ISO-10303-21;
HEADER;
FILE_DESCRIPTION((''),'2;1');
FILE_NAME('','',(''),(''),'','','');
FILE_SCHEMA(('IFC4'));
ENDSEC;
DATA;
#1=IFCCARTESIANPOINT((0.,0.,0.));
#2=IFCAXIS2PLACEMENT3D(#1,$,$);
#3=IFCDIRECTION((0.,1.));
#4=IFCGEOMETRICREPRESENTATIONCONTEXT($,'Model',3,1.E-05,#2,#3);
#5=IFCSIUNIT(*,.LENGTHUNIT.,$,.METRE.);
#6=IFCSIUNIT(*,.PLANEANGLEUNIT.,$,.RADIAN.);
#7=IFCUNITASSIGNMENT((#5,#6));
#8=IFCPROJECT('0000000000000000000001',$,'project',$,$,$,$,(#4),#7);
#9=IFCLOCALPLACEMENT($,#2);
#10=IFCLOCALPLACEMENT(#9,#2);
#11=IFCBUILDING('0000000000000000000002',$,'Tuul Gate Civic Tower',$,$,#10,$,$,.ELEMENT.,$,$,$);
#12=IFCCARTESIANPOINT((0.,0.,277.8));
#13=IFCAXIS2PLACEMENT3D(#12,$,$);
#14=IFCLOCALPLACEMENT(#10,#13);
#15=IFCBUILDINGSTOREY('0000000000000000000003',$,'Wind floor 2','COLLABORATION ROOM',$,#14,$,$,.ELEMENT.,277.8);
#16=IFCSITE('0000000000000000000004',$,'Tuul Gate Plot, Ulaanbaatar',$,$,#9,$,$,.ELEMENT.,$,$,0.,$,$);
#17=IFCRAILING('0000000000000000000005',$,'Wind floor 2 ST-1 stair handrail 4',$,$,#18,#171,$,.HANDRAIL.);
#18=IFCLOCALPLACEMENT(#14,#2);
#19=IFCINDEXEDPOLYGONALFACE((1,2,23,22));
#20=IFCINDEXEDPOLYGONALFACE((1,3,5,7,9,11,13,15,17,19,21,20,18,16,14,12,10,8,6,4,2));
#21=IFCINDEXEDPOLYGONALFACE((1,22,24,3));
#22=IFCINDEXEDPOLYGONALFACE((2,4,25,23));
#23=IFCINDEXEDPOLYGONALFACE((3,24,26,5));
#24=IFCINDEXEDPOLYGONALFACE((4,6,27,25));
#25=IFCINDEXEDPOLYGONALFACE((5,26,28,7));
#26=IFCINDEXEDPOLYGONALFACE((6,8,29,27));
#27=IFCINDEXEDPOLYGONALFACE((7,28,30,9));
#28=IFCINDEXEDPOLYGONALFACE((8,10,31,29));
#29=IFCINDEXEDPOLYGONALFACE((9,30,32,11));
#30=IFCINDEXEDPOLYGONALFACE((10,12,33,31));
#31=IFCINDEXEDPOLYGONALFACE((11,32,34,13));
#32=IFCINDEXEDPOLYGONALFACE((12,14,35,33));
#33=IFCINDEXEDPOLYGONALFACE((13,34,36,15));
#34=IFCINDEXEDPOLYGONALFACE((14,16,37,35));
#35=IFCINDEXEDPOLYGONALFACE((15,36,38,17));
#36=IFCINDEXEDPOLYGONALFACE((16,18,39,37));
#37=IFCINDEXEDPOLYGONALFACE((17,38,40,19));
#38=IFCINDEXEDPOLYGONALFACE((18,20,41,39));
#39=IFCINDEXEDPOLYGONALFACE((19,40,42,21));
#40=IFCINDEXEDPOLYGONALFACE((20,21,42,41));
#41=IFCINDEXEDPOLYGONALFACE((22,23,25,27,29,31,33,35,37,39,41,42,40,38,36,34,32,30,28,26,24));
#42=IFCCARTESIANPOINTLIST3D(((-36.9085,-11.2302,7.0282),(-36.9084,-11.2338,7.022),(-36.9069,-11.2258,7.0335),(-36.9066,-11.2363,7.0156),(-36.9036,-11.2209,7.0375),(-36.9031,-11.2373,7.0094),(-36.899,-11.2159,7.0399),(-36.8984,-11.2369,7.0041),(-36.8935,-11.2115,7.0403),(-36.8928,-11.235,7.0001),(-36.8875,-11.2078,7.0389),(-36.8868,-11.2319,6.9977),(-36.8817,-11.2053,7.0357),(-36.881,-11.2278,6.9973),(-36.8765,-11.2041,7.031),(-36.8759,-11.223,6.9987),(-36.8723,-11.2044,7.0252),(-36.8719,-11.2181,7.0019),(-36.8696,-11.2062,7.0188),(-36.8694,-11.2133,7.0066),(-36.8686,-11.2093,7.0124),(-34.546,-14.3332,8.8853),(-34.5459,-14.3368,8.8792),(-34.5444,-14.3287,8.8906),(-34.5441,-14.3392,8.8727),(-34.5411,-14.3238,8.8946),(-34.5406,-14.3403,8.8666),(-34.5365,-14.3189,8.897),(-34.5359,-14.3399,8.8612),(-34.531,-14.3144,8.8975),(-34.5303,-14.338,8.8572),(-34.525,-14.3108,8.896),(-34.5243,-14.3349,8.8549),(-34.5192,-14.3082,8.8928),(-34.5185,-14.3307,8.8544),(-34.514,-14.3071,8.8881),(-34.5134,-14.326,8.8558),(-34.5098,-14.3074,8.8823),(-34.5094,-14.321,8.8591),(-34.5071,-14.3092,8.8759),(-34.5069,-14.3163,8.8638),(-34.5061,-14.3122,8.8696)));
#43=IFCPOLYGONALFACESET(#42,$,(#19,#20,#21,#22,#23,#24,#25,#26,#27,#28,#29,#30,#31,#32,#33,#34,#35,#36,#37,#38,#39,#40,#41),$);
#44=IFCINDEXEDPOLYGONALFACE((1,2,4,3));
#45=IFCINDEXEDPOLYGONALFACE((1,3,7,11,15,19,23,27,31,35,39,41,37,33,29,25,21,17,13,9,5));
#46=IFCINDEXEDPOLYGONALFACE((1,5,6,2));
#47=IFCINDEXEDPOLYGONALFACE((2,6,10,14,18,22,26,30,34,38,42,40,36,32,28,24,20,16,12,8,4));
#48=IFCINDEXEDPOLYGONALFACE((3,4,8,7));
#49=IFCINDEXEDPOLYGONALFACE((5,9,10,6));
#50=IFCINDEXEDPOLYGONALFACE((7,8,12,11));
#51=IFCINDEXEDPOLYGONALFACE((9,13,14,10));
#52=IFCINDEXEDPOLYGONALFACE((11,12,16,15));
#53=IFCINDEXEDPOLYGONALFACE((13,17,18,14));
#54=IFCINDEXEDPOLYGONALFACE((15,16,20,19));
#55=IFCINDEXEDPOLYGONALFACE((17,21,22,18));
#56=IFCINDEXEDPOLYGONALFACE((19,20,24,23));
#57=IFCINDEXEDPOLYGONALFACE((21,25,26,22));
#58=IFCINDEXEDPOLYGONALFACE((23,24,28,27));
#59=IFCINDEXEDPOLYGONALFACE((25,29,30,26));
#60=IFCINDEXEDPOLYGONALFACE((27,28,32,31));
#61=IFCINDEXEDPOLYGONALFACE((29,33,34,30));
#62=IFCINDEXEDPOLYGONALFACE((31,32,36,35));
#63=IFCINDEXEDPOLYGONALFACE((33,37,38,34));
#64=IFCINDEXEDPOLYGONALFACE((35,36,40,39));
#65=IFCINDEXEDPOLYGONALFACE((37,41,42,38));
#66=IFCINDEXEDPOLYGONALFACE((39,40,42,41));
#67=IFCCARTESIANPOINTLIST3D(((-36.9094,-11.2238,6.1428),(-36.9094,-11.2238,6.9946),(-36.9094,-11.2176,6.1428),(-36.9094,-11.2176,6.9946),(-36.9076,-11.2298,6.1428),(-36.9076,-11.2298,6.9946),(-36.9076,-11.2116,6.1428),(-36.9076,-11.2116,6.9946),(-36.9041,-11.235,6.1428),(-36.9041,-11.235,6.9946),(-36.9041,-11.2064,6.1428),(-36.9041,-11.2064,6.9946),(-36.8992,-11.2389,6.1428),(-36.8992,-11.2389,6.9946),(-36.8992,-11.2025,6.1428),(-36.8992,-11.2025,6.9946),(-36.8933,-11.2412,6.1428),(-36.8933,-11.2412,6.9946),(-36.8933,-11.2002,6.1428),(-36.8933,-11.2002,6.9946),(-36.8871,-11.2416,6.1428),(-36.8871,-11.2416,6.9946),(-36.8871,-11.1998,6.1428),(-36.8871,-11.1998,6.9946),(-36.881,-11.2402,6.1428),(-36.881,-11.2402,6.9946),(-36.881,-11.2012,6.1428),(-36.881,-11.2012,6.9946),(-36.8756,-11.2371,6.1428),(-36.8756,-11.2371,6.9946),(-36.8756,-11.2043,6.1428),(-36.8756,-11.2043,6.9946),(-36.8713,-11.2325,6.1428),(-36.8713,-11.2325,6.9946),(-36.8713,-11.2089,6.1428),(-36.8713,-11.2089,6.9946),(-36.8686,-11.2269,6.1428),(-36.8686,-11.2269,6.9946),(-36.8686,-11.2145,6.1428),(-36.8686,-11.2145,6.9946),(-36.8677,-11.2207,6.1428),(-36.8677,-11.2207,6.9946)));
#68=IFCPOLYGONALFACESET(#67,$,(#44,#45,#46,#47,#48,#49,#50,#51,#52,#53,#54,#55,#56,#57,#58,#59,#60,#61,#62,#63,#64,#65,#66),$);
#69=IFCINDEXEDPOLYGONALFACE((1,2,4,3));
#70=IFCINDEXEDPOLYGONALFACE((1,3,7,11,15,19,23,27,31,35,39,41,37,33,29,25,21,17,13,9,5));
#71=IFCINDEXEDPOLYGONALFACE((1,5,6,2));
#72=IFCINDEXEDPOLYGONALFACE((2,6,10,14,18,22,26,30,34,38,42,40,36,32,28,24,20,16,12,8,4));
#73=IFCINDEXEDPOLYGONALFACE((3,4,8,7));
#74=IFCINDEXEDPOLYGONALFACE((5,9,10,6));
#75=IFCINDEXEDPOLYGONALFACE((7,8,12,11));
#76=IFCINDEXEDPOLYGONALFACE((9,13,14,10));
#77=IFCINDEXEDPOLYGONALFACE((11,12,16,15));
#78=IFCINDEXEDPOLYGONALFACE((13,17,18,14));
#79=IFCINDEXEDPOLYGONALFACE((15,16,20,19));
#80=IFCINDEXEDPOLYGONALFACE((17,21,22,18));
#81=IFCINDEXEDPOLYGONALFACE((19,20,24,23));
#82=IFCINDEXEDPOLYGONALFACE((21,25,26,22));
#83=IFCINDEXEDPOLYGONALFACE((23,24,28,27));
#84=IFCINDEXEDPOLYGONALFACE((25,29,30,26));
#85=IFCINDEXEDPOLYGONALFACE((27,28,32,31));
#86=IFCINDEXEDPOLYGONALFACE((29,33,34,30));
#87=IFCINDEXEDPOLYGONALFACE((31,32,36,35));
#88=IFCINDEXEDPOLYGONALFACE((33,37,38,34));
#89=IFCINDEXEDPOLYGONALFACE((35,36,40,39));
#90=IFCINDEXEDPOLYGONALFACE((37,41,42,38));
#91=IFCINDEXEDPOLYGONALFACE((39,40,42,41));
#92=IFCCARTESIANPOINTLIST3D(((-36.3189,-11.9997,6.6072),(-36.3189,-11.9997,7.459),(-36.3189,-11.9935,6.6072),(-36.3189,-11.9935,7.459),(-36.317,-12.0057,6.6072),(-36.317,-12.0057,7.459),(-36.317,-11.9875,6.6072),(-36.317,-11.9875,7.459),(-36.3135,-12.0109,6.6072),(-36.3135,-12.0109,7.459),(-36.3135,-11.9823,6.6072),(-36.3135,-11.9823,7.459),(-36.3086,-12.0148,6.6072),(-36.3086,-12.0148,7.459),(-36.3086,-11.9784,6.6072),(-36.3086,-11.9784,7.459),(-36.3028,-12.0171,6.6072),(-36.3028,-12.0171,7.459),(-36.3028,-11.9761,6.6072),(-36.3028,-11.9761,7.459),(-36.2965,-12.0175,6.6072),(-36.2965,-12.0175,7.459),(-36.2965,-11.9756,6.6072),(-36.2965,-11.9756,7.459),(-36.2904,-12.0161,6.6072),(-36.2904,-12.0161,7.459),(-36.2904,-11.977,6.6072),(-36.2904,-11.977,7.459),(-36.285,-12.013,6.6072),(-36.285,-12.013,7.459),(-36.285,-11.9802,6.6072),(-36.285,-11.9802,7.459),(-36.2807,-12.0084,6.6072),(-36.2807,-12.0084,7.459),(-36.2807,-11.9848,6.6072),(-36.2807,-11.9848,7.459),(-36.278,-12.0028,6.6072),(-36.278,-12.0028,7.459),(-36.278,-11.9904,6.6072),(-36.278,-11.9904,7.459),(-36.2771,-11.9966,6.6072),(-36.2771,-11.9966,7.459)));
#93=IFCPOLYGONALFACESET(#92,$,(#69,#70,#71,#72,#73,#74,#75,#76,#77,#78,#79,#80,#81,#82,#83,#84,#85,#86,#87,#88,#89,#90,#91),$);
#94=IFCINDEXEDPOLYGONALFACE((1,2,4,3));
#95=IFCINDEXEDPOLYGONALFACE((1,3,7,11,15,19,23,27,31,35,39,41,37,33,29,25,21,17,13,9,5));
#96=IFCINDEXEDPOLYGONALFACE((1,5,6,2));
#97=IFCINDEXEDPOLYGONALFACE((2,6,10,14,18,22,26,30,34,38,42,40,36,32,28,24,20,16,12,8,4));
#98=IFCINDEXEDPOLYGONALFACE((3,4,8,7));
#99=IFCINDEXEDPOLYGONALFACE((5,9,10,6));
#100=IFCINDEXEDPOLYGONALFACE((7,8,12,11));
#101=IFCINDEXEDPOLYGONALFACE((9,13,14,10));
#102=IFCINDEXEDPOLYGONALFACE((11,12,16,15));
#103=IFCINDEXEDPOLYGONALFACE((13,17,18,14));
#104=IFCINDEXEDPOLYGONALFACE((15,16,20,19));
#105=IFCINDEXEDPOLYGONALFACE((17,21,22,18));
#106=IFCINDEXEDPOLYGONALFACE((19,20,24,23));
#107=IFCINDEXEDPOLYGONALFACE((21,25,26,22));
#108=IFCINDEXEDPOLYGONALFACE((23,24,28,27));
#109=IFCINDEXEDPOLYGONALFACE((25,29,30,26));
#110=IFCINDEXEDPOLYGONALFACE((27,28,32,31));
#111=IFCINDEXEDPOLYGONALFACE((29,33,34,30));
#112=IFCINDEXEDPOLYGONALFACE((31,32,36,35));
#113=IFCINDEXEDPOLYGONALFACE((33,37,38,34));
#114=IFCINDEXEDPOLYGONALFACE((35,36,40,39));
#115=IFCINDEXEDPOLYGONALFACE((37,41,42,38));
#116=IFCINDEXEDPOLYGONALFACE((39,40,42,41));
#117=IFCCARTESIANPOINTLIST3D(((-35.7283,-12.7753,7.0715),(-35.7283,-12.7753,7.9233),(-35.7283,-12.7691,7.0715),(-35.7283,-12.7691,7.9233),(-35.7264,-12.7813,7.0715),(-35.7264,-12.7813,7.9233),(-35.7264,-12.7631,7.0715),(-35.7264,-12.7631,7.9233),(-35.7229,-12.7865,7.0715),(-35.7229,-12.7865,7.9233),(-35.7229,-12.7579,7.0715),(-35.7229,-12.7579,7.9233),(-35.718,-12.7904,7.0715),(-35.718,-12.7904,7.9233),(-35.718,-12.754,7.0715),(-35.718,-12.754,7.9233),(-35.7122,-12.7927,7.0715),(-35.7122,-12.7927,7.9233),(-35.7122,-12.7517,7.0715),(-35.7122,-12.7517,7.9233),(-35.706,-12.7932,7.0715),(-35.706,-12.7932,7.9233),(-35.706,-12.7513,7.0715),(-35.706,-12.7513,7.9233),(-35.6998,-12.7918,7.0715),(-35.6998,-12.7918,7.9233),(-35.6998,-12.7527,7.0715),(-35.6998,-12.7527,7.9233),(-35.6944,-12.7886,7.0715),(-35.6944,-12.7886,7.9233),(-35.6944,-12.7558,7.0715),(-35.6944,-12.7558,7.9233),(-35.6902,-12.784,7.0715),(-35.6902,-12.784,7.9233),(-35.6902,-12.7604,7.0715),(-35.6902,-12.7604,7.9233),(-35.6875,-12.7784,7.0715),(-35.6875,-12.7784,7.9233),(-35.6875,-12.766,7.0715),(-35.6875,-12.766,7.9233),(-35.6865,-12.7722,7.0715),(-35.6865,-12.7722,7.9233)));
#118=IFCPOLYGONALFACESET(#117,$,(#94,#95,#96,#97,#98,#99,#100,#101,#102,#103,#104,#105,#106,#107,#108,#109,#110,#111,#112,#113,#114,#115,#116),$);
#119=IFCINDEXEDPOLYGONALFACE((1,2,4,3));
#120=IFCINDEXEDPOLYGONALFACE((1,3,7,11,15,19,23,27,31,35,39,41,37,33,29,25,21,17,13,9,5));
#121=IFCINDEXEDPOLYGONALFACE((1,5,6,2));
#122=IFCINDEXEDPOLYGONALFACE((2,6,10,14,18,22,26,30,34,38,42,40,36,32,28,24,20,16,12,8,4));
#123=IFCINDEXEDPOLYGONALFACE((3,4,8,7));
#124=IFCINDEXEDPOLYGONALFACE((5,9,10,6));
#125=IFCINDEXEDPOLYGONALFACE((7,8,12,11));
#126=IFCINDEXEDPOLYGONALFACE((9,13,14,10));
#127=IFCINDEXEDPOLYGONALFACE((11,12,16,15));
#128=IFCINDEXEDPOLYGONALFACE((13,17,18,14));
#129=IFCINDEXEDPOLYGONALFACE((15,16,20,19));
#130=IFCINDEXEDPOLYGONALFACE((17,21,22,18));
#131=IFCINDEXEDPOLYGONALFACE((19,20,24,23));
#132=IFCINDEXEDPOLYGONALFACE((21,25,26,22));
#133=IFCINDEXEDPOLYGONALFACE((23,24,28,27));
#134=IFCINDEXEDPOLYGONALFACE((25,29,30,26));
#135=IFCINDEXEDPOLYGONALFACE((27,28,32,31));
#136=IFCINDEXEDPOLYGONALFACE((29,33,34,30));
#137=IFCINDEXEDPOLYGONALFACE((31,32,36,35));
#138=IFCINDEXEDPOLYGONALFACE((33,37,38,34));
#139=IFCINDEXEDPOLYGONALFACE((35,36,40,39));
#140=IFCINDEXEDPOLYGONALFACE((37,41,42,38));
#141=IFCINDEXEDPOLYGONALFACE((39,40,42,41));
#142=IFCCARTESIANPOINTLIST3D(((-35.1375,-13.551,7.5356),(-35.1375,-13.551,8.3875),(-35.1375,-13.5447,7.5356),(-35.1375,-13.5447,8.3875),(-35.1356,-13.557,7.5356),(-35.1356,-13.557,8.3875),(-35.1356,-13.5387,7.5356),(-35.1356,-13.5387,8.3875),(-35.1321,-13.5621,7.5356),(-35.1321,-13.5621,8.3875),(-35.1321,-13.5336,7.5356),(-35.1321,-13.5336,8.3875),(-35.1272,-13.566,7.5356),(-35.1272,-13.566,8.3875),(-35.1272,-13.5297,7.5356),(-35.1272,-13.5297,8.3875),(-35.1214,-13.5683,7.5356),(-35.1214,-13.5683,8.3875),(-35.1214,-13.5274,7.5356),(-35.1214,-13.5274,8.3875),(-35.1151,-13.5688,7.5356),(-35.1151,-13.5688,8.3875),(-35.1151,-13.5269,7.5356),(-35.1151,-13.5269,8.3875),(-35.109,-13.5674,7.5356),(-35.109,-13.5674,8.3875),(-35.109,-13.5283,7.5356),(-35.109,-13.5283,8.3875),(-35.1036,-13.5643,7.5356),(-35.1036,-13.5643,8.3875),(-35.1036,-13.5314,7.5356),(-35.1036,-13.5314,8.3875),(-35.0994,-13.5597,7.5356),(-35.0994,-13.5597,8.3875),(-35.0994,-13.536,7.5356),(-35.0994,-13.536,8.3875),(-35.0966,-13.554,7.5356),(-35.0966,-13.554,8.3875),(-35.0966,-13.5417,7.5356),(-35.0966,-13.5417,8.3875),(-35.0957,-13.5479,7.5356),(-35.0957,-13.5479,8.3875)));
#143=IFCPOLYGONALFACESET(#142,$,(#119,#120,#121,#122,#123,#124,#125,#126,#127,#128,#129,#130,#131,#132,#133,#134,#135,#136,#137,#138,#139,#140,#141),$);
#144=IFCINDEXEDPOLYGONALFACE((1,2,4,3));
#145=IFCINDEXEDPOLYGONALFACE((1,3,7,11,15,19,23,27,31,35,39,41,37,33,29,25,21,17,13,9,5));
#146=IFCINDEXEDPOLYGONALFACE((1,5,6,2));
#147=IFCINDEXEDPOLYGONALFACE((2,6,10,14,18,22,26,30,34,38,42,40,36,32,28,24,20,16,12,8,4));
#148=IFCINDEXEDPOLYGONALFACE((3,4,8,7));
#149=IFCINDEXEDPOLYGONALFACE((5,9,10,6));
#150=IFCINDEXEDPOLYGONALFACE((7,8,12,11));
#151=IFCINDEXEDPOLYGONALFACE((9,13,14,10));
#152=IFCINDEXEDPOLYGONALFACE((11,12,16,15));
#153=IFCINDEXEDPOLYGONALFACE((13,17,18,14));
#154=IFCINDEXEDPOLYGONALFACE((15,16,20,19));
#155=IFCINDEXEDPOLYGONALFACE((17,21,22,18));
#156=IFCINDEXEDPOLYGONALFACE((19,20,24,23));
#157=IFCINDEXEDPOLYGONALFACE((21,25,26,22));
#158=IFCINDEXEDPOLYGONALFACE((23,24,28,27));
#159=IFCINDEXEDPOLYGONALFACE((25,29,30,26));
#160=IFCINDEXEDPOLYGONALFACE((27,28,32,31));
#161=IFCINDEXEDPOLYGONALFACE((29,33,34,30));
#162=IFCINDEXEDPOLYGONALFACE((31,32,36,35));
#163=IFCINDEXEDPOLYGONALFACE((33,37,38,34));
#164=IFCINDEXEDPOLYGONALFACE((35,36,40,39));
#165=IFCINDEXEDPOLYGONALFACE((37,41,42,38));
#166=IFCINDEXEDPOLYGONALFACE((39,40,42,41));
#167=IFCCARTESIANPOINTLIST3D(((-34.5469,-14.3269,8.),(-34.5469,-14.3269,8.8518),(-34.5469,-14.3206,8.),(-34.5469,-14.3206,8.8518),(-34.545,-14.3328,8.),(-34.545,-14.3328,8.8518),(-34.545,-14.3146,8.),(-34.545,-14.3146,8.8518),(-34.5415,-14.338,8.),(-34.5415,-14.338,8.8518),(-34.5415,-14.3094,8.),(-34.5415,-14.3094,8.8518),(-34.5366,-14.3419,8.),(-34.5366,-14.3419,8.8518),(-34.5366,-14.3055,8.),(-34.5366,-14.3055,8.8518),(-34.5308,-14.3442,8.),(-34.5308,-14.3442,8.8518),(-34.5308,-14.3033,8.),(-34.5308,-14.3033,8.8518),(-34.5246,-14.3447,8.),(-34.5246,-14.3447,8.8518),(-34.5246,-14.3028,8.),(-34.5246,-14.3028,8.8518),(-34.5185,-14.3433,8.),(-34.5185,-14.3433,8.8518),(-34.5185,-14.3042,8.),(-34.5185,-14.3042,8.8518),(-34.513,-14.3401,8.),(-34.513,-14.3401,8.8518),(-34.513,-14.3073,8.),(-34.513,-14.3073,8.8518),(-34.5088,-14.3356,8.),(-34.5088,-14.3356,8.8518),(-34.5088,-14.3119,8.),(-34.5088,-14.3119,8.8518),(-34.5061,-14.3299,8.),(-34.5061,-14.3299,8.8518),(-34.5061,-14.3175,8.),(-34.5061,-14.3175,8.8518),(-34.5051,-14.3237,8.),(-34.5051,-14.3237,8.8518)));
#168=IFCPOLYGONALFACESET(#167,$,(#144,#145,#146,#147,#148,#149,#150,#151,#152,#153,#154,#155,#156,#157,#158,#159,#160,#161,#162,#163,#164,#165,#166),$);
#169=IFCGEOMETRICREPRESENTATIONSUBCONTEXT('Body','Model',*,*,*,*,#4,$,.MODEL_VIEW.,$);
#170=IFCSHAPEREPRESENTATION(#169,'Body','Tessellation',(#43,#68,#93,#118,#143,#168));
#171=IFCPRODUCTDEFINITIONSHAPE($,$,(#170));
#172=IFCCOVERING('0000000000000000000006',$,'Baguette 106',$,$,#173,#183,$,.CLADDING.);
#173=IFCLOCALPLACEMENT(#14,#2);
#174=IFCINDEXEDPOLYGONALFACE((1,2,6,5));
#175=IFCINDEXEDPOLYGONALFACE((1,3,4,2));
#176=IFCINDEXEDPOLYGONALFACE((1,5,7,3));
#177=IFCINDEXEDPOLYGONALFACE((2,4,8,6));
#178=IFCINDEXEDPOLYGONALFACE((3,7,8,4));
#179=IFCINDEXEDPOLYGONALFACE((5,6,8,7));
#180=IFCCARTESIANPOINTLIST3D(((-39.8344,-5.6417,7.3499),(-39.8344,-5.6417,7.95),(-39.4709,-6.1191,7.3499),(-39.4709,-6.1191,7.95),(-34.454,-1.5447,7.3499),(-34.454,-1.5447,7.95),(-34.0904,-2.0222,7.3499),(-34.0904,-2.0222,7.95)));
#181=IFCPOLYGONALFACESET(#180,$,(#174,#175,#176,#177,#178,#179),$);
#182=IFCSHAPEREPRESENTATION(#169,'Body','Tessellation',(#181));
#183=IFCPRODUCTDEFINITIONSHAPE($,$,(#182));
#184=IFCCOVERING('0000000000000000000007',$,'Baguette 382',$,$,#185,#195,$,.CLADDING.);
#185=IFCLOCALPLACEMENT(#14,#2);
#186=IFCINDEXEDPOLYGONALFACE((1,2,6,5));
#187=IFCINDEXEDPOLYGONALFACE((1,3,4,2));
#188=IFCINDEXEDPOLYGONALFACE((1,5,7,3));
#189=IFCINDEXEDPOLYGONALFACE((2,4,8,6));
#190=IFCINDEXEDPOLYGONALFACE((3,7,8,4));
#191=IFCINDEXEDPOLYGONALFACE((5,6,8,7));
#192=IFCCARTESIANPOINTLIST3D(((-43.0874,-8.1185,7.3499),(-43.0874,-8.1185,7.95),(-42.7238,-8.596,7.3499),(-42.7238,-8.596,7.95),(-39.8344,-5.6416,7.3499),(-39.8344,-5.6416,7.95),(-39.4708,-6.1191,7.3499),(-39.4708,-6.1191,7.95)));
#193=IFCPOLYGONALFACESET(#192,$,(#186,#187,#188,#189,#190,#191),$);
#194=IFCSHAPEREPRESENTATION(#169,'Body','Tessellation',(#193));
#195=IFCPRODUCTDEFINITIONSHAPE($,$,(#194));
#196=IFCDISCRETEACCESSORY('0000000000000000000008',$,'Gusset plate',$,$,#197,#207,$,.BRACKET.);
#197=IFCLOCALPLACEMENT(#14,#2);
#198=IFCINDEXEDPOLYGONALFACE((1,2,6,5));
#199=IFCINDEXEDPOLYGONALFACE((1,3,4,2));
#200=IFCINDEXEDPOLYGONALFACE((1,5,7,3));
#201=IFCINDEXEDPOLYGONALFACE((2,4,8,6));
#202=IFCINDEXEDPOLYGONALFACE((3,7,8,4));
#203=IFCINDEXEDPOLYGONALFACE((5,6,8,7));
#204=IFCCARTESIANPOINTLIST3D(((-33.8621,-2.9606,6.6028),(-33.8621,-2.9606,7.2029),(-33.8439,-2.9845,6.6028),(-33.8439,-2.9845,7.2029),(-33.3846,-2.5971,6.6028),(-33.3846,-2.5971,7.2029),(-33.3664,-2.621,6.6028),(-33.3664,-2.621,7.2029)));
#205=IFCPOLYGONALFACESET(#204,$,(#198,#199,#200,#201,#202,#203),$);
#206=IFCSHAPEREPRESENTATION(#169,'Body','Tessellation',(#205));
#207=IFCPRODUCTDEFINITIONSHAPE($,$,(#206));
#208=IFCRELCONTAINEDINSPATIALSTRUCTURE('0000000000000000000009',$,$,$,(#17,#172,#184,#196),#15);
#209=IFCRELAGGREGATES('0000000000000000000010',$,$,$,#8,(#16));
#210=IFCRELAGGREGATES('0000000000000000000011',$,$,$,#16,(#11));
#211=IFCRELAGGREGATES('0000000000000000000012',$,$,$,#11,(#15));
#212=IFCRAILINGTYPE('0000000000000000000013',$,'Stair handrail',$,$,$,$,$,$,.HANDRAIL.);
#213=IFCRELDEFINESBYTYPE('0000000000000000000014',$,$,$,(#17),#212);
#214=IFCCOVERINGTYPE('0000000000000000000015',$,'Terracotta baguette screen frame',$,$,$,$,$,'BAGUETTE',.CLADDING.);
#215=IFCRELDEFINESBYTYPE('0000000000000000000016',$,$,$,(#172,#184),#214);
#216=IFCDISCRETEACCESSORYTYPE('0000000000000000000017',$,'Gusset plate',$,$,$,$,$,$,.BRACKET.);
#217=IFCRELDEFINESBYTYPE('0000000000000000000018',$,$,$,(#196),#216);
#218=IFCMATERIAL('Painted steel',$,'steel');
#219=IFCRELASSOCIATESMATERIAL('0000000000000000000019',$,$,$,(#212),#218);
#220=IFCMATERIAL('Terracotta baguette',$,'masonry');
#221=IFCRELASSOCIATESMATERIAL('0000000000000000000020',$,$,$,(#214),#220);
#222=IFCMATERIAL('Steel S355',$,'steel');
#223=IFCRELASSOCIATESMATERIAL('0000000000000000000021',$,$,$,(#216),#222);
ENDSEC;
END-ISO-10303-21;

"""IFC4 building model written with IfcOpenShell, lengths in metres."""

from ifc_helpers import new_model, si_unit, direction, frame, origin, origin_2d, place, context, subcontext, project, spatial, rectangle, circle, extrude, material, material_profile, profile_set, type_object, element, save


model = new_model("IFC4")

# Units and contexts
model_context = context("Model", 3, precision=1e-05, world=origin(), true_north=direction((0.0, 1.0)))
body_context = subcontext(model_context, "Body", "Model", "MODEL_VIEW")
ifc_project = project(units=[si_unit("LENGTHUNIT", "METRE"), si_unit("PLANEANGLEUNIT", "RADIAN")], contexts=[model_context])

# Site, building, storey
site_placement = place(None, origin())
site = spatial("IfcSite", under=ifc_project, at=site_placement, Name="Tuul Gate Plot, Ulaanbaatar", CompositionType="ELEMENT", RefElevation=0.0)
building_placement = place(site_placement, origin())
building = spatial("IfcBuilding", under=site, at=building_placement, Name="Tuul Gate Civic Tower", CompositionType="ELEMENT")
storey_placement = place(building_placement, frame((0.0, 0.0, 277.8)))
storey = spatial("IfcBuildingStorey", under=building, at=storey_placement, Name="Wind floor 2", Description="COLLABORATION ROOM", CompositionType="ELEMENT", Elevation=277.8)

# Railing
ifc_material_1 = material(Name="Painted steel", Category="steel")
railing_type = type_object("IfcRailingType", Name="Stair handrail", PredefinedType="HANDRAIL", material=ifc_material_1)
for number, where, name in (
    (1, (-36.8887, -11.2207, 6.1428), "Wind floor 2 ST-1 stair handrail 4"),
):
    element("IfcRailing", number, at=place(storey_placement, frame(where)), inside=storey, type_object=railing_type, Name=name, PredefinedType="HANDRAIL", context=body_context, shape_type="SweptSolid", body=[
        extrude(circle(Radius=0.0239, at=origin_2d()), frame((0.0, 0.0, 0.876), z_axis=(0.546928, -0.718349, 0.429935), x_axis=(0.795637, 0.605773, 0.0)), (0.0, 0.0, 1.0), 4.3196),
        extrude(circle(Radius=0.021, at=origin_2d()), origin(), (0.0, 0.0, 1.0), 0.8518),
        extrude(circle(Radius=0.021, at=origin_2d()), frame((0.5906, -0.7759, 0.4644)), (0.0, 0.0, 1.0), 0.8518),
        extrude(circle(Radius=0.021, at=origin_2d()), frame((1.1812, -1.5515, 0.9287)), (0.0, 0.0, 1.0), 0.8518),
        extrude(circle(Radius=0.021, at=origin_2d()), frame((1.772, -2.3271, 1.3928)), (0.0, 0.0, 1.0), 0.8518),
        extrude(circle(Radius=0.021, at=origin_2d()), frame((2.3625, -3.103, 1.8572)), (0.0, 0.0, 1.0), 0.8518),
    ])

# Coverings
ifc_material_2 = material(Name="Terracotta baguette", Category="masonry")
ifc_material_profile_1 = material_profile(ifc_material_2, rectangle(XDim=0.6001, YDim=0.6001, at=origin_2d()), Name="Terracotta baguette screen frame")
ifc_profile_set_1 = profile_set([ifc_material_profile_1], Name="Terracotta baguette")
covering_type = type_object("IfcCoveringType", Name="Terracotta baguette screen frame", ElementType="BAGUETTE", PredefinedType="CLADDING", material=ifc_profile_set_1)
covering_1_placement = place(storey_placement, frame((-34.2722, -1.7834, 7.6499), z_axis=(-0.795603, -0.605818, 0.0), x_axis=(0.605818, -0.795603, 0.0)))
element("IfcCovering", 2, at=covering_1_placement, inside=storey, type_object=covering_type, Name="Baguette 106", PredefinedType="CLADDING", context=body_context, shape_type="SweptSolid", body=[
    extrude(rectangle(XDim=0.6001, YDim=0.6001, at=origin_2d()), origin(), (0.0, 0.0, 1.0), 6.7627),
])
covering_2_placement = place(storey_placement, frame((-39.6526, -5.8804, 7.6499), z_axis=(-0.795622, -0.605793, 0.0), x_axis=(0.605793, -0.795622, 0.0)))
element("IfcCovering", 3, at=covering_2_placement, inside=storey, type_object=covering_type, Name="Baguette 382", PredefinedType="CLADDING", context=body_context, shape_type="SweptSolid", body=[
    extrude(rectangle(XDim=0.6001, YDim=0.6001, at=origin_2d()), origin(), (0.0, 0.0, 1.0), 4.0886),
])

# Discrete accessory
ifc_material_3 = material(Name="Steel S355", Category="steel")
discrete_accessory_type = type_object("IfcDiscreteAccessoryType", Name="Gusset plate", PredefinedType="BRACKET", material=ifc_material_3)
discrete_accessory_placement = place(storey_placement, frame((-33.6143, -2.7908, 6.6028), z_axis=(0.0, 0.0, 1.0), x_axis=(-0.795629, -0.605784, 0.0)))
element("IfcDiscreteAccessory", 4, at=discrete_accessory_placement, inside=storey, type_object=discrete_accessory_type, Name="Gusset plate", PredefinedType="BRACKET", context=body_context, shape_type="SweptSolid", body=[
    extrude(rectangle(XDim=0.6001, YDim=0.03, at=origin_2d()), origin(), (0.0, 0.0, 1.0), 0.6001),
])

save(model, "model.ifc")
